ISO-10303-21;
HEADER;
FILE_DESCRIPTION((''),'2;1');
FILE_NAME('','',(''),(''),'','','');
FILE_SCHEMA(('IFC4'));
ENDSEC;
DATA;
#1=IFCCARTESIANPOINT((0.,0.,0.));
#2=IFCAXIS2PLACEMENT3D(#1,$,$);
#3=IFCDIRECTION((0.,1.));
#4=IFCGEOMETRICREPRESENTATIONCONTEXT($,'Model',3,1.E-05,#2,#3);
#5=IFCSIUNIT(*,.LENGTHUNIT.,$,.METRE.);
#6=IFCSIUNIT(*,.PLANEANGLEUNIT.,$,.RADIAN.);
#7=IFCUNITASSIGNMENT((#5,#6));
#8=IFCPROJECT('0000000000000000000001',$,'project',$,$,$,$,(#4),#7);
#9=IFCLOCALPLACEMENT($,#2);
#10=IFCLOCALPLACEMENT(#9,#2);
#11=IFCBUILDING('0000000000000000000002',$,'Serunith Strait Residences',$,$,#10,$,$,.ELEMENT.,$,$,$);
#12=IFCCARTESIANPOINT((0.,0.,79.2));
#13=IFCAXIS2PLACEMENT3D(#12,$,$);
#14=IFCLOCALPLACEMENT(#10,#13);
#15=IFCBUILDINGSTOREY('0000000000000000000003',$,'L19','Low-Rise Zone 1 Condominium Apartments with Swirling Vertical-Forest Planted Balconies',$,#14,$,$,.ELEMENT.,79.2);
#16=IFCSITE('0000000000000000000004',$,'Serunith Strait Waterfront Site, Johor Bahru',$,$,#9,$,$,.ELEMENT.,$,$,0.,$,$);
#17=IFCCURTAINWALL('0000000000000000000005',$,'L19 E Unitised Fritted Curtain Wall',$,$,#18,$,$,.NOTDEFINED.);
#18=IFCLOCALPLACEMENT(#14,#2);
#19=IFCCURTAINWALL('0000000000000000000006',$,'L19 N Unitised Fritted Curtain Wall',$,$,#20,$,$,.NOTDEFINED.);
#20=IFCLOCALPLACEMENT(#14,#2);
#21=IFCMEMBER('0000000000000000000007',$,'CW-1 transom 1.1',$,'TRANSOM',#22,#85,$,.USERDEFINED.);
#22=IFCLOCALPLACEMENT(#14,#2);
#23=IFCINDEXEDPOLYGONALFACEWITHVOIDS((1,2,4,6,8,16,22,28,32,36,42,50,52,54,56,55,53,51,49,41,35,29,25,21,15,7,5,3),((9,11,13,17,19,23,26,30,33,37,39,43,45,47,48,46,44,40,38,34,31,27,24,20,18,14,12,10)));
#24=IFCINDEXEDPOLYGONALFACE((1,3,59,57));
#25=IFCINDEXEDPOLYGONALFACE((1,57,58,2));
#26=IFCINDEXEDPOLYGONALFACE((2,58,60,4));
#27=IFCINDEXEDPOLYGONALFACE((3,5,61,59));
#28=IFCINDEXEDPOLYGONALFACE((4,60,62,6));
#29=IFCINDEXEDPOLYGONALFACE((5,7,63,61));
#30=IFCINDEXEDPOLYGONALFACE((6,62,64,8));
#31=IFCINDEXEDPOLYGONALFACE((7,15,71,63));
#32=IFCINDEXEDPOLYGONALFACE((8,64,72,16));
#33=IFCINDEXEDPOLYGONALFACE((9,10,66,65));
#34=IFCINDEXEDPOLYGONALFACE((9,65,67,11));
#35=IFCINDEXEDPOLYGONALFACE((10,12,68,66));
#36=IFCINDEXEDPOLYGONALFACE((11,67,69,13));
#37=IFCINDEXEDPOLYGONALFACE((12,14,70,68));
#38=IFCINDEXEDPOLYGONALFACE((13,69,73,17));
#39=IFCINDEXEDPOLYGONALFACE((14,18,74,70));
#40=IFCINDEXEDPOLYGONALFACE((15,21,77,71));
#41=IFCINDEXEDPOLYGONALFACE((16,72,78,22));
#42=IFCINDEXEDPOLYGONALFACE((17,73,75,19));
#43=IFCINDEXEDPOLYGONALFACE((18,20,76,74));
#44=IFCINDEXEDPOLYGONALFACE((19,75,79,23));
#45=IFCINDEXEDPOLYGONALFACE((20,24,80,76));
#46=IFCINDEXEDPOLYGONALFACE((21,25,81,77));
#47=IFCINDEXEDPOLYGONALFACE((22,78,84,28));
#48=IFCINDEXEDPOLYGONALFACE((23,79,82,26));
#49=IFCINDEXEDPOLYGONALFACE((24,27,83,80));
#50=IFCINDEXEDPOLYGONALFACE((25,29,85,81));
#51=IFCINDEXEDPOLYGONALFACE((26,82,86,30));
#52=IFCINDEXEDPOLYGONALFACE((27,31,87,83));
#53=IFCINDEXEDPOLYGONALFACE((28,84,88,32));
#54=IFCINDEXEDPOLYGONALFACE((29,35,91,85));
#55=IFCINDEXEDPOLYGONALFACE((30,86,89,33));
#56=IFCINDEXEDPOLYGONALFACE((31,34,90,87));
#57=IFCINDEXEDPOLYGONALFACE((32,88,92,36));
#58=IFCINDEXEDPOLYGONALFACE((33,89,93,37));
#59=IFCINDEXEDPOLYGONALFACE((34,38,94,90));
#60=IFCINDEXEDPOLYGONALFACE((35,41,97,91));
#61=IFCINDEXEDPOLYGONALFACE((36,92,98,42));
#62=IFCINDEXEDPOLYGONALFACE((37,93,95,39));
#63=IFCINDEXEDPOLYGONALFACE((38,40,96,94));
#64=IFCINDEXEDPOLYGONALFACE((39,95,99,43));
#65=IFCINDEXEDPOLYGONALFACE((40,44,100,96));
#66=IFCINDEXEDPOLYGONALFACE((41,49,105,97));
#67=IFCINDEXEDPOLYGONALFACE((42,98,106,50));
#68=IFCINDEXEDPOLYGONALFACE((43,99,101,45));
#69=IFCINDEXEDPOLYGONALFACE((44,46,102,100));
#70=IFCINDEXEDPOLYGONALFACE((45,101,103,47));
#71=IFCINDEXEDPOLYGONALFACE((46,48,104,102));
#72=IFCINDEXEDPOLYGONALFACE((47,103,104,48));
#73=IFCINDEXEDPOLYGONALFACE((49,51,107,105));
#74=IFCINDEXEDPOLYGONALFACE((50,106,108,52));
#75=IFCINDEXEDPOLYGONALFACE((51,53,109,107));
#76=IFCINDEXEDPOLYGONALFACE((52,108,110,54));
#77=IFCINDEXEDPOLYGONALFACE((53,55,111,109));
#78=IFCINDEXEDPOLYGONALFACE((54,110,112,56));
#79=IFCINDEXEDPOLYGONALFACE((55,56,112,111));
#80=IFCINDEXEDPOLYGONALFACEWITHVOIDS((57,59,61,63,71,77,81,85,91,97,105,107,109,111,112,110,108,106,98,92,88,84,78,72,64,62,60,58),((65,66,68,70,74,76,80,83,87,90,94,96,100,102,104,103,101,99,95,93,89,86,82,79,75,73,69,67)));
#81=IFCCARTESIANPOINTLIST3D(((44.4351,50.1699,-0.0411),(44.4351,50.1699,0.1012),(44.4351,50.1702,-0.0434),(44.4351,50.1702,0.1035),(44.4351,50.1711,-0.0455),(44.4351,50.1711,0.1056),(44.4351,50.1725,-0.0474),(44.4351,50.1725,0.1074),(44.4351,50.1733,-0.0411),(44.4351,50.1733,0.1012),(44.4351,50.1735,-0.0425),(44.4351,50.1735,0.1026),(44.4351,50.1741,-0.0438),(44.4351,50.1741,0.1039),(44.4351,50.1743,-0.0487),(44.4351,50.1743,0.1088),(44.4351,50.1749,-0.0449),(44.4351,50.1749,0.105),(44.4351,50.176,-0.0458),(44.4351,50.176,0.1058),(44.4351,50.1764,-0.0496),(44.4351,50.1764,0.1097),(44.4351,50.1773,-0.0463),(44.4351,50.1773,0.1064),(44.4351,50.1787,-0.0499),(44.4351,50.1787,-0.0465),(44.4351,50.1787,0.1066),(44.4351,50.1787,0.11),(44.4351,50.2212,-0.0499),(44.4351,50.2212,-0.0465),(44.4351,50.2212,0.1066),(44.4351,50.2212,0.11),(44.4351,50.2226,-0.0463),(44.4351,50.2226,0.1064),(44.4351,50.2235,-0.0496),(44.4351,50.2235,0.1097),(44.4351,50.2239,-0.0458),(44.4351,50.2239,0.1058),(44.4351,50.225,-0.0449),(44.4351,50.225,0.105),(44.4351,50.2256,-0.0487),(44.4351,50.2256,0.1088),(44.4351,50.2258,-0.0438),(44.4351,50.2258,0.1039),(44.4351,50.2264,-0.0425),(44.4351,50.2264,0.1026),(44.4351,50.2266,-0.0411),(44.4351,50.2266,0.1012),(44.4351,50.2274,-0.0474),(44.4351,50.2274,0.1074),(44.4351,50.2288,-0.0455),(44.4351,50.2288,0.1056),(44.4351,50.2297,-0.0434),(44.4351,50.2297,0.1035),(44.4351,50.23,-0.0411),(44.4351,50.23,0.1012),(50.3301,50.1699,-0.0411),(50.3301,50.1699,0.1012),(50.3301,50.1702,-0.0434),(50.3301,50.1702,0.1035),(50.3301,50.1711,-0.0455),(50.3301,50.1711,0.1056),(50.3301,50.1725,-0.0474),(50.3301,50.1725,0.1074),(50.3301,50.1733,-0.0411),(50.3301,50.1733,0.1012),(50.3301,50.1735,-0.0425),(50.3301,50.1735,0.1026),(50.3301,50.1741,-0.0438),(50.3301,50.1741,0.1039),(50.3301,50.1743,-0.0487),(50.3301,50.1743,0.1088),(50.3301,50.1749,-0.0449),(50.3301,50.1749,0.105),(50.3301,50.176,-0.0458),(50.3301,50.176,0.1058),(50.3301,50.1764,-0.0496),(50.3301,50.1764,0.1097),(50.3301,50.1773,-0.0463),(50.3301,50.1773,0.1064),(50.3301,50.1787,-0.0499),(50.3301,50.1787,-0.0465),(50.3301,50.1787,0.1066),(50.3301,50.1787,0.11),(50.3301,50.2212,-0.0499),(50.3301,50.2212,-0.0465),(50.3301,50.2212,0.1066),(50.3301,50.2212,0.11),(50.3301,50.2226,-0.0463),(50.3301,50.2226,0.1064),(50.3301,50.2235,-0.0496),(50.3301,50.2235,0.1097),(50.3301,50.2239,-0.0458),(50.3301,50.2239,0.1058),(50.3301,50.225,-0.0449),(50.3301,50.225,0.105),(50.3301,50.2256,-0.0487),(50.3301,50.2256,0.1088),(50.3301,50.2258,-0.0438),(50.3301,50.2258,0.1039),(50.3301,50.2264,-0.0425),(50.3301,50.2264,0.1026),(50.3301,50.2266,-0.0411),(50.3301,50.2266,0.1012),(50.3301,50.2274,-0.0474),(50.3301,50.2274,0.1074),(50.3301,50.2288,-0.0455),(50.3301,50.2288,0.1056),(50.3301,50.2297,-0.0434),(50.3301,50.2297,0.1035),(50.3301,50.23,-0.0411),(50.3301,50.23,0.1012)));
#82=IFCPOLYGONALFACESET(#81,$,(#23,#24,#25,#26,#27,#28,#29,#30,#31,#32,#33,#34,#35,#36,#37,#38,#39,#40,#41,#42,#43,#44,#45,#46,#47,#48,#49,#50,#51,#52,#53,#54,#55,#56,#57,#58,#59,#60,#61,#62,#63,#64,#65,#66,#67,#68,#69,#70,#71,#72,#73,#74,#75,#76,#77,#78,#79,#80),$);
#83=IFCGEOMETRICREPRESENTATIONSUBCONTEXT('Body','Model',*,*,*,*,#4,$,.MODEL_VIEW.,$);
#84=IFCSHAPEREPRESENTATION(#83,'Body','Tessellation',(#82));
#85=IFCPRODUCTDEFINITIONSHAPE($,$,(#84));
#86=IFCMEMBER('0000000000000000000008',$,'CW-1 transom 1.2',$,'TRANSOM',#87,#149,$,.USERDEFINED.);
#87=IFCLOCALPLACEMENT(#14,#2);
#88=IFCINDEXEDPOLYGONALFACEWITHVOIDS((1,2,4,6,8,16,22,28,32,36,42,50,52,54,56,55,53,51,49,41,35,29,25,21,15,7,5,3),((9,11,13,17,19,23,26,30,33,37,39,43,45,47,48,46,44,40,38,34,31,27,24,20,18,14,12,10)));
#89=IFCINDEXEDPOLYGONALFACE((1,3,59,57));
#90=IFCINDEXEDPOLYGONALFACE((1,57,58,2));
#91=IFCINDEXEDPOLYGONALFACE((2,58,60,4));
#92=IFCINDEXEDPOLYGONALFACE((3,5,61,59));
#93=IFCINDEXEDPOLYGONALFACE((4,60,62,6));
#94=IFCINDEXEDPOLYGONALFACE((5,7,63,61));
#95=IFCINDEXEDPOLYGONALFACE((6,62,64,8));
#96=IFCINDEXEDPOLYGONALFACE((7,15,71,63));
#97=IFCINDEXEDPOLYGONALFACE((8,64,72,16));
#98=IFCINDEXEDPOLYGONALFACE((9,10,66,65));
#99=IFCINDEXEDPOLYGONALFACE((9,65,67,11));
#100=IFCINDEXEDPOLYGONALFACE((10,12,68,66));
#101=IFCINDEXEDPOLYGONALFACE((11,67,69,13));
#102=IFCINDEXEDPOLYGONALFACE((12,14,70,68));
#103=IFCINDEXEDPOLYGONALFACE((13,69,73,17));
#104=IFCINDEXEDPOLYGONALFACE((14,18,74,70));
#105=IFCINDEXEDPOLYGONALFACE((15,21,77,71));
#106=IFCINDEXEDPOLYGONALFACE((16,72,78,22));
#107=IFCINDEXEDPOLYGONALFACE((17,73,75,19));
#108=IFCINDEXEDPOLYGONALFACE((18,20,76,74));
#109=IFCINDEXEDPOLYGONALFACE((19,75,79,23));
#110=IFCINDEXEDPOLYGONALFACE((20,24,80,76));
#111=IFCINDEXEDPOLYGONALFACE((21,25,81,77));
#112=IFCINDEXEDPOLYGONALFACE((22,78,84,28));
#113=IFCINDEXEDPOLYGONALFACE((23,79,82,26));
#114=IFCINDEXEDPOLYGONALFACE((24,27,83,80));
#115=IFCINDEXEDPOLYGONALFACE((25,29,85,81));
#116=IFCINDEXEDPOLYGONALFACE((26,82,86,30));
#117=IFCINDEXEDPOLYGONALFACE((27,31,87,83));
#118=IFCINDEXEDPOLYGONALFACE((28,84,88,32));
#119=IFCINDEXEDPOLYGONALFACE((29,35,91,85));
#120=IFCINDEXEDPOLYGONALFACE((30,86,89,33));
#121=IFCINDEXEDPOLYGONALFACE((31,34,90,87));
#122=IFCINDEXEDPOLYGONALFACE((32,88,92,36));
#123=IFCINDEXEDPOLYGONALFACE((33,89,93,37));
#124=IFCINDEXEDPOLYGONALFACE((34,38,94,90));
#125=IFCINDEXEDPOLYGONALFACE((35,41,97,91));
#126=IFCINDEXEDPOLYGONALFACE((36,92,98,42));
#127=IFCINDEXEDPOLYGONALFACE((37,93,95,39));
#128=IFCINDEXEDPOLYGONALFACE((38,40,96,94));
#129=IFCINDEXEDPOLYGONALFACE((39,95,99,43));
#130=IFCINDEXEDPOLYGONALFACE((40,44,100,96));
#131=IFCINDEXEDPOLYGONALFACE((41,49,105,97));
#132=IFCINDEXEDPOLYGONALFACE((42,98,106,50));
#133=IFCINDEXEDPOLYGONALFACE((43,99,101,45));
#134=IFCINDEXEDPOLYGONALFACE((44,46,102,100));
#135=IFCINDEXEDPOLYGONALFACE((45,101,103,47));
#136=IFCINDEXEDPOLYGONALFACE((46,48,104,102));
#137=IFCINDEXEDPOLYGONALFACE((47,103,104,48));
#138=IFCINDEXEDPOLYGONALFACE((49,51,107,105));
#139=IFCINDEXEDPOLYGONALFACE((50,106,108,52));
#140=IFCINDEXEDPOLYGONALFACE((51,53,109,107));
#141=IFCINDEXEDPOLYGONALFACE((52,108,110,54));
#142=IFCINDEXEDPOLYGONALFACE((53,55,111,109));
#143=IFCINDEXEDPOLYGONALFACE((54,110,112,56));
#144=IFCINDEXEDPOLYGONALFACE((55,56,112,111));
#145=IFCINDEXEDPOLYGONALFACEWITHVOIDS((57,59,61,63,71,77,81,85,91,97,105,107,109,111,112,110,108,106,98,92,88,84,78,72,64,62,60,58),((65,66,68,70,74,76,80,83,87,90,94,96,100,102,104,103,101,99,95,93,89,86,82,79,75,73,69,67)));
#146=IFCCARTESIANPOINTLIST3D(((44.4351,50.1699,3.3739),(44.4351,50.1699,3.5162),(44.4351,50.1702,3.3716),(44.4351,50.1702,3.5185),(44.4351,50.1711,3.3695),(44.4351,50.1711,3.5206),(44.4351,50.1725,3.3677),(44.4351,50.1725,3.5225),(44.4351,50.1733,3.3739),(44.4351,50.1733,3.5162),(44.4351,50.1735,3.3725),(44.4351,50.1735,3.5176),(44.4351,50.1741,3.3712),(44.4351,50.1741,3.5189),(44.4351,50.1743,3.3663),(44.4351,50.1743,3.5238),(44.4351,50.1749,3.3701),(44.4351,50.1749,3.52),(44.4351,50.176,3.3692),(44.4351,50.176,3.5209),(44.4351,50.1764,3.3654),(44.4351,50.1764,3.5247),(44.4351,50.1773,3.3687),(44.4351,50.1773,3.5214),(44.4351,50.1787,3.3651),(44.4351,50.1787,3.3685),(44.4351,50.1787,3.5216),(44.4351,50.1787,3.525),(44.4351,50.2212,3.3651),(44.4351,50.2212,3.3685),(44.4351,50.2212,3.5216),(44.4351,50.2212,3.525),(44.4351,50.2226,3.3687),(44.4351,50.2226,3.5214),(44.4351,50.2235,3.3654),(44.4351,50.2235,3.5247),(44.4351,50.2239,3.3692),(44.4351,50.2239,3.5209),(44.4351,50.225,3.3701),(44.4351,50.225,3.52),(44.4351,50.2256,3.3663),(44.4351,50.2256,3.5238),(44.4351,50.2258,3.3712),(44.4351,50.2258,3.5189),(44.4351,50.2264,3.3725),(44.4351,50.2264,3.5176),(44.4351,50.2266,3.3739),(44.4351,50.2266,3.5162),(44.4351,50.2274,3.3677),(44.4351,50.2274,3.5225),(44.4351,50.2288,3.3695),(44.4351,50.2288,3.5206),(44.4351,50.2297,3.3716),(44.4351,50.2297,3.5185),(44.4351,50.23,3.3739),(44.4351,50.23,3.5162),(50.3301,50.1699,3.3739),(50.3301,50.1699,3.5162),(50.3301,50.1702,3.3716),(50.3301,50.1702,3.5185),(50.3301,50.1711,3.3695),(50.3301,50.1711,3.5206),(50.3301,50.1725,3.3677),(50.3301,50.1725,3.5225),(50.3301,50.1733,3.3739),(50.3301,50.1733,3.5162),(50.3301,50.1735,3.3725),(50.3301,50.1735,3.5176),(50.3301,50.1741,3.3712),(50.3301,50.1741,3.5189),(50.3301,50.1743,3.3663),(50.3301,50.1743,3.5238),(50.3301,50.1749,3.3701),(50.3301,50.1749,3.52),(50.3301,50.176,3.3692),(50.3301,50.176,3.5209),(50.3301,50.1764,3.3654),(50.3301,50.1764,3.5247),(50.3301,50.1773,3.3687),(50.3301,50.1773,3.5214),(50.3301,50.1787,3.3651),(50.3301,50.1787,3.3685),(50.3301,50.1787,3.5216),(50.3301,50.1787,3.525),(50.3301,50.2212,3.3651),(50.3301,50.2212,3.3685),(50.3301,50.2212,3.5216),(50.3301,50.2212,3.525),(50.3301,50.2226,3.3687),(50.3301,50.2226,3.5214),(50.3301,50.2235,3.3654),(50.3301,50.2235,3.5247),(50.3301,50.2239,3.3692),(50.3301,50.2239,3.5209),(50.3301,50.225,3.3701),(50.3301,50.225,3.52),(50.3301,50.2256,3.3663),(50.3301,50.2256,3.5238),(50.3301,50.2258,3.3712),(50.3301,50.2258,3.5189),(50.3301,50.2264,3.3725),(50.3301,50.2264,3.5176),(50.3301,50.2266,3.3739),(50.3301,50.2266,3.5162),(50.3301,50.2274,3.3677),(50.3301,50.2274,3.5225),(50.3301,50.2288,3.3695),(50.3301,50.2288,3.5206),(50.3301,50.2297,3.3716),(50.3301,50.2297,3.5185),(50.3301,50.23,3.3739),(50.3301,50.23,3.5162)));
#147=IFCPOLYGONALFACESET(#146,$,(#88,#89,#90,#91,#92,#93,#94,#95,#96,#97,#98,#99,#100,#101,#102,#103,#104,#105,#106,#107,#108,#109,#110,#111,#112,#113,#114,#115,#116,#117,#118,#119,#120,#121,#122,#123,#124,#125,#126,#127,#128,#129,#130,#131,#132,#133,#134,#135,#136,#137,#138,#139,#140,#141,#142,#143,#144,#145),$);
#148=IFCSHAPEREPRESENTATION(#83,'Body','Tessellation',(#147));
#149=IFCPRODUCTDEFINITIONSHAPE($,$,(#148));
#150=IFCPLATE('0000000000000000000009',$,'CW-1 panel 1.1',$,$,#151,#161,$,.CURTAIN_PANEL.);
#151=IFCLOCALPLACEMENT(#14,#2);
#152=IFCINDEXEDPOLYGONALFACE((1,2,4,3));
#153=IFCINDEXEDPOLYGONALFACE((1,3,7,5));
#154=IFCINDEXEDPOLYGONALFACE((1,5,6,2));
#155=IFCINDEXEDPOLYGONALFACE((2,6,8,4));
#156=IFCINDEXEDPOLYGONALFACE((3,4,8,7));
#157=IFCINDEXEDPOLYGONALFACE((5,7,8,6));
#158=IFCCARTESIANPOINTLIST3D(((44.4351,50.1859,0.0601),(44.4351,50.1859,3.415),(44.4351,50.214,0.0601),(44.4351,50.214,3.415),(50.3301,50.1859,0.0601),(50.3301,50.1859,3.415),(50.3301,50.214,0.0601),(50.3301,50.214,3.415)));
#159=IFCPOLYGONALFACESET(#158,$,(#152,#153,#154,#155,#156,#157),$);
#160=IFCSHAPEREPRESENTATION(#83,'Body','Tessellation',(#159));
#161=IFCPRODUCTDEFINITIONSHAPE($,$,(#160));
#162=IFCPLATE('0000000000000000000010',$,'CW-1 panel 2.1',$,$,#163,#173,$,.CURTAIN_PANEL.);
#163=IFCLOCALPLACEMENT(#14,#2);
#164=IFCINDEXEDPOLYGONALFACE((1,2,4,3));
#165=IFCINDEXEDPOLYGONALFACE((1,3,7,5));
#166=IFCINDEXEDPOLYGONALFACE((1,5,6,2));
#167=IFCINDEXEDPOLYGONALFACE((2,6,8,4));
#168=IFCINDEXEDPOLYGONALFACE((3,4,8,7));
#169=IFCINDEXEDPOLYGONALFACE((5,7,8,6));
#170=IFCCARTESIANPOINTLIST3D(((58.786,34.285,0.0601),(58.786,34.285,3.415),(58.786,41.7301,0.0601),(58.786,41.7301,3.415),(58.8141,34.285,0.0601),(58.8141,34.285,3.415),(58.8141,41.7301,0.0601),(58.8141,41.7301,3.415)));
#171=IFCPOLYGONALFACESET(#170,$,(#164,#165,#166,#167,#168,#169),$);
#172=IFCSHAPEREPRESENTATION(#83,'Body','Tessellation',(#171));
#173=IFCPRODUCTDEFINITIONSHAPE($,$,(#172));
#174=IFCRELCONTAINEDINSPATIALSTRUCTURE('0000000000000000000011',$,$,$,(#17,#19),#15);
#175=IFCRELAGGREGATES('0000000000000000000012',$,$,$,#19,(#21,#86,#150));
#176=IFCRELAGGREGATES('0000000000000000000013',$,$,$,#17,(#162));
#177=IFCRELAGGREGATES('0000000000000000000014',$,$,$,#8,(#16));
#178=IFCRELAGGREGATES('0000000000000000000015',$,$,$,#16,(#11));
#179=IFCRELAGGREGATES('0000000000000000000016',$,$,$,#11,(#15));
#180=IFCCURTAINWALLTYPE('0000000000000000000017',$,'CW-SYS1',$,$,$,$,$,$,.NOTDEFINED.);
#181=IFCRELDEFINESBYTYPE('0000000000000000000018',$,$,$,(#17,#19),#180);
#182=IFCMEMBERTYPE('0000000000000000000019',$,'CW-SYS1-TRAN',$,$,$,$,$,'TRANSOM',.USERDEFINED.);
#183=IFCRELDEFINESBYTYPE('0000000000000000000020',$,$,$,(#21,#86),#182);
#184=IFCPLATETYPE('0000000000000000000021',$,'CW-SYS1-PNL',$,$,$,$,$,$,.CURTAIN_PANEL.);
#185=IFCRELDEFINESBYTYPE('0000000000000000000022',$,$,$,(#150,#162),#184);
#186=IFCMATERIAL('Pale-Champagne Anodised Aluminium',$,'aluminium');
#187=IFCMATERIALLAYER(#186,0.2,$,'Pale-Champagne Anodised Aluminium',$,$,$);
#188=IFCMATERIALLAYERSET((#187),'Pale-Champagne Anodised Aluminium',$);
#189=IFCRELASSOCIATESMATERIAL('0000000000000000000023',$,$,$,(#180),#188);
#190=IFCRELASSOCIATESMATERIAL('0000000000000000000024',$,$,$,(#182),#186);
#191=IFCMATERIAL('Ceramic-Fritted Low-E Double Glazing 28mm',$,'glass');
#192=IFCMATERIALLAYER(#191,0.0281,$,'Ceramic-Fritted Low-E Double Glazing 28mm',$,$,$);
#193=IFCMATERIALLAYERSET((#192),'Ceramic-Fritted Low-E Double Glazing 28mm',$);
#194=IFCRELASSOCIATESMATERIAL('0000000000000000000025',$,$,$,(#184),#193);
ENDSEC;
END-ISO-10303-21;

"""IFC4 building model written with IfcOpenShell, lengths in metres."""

from ifc_helpers import new_model, si_unit, direction, frame, origin, origin_2d, place, context, subcontext, project, spatial, rectangle, hollow_rectangle, extrude, source, transform, mapped, material, layer, layer_set, material_profile, profile_set, type_object, element, aggregate, save


model = new_model("IFC4")

# Units and contexts
model_context = context("Model", 3, precision=1e-05, world=origin(), true_north=direction((0.0, 1.0)))
body_context = subcontext(model_context, "Body", "Model", "MODEL_VIEW")
ifc_project = project(units=[si_unit("LENGTHUNIT", "METRE"), si_unit("PLANEANGLEUNIT", "RADIAN")], contexts=[model_context])

# Site, building, storey
site_placement = place(None, origin())
site = spatial("IfcSite", under=ifc_project, at=site_placement, Name="Serunith Strait Waterfront Site, Johor Bahru", CompositionType="ELEMENT", RefElevation=0.0)
building_placement = place(site_placement, origin())
building = spatial("IfcBuilding", under=site, at=building_placement, Name="Serunith Strait Residences", CompositionType="ELEMENT")
storey_placement = place(building_placement, frame((0.0, 0.0, 79.2)))
storey = spatial("IfcBuildingStorey", under=building, at=storey_placement, Name="L19", Description="Low-Rise Zone 1 Condominium Apartments with Swirling Vertical-Forest Planted Balconies", CompositionType="ELEMENT", Elevation=79.2)

# Curtain wall
ifc_material_1 = material(Name="Pale-Champagne Anodised Aluminium", Category="aluminium")
ifc_layer_1 = layer(ifc_material_1, 0.2, Name="Pale-Champagne Anodised Aluminium")
ifc_layer_set_1 = layer_set([ifc_layer_1], Name="Pale-Champagne Anodised Aluminium")
curtain_wall_type = type_object("IfcCurtainWallType", Name="CW-SYS1", PredefinedType="NOTDEFINED", material=ifc_layer_set_1)
curtain_wall_1_placement = place(storey_placement, origin())
curtain_wall_1 = element("IfcCurtainWall", 1, at=curtain_wall_1_placement, inside=storey, type_object=curtain_wall_type, Name="L19 E Unitised Fritted Curtain Wall", PredefinedType="NOTDEFINED")

# Curtain wall, members, plate
curtain_wall_2_placement = place(storey_placement, origin())
curtain_wall_2 = element("IfcCurtainWall", 2, at=curtain_wall_2_placement, inside=storey, type_object=curtain_wall_type, Name="L19 N Unitised Fritted Curtain Wall", PredefinedType="NOTDEFINED")
ifc_material_profile_1 = material_profile(ifc_material_1, hollow_rectangle(XDim=0.0601, YDim=0.1599, WallThickness=0.0034, InnerFilletRadius=0.0054, OuterFilletRadius=0.0088, at=origin_2d()), Name="ALU 160x60x3.5")
ifc_profile_set_1 = profile_set([ifc_material_profile_1], Name="Pale-Champagne Anodised Aluminium")
member_type_1 = type_object("IfcMemberType", Name="CW-SYS1-TRAN", ElementType="TRANSOM", PredefinedType="USERDEFINED", material=ifc_profile_set_1)
shared_shape_1 = source(origin(), body_context, "Body", "SweptSolid", [
    extrude(hollow_rectangle(XDim=0.0601, YDim=0.1599, WallThickness=0.0034, InnerFilletRadius=0.0054, OuterFilletRadius=0.0088, at=origin_2d()), origin(), (0.0, 0.0, 1.0), 5.895),
])
member_1_placement = place(storey_placement, frame((50.3301, 50.2, 0.03), z_axis=(-1.0, 0.0, 0.0), x_axis=(0.0, -1.0, 0.0)))
member_1 = element("IfcMember", 3, at=member_1_placement, type_object=member_type_1, Name="CW-1 transom 1.1", ObjectType="TRANSOM", PredefinedType="USERDEFINED", context=body_context, shape_type="MappedRepresentation", body=[
    mapped(shared_shape_1, transform((0.0, 0.0, 0.0), scale=1.0)),
])
member_2_placement = place(storey_placement, frame((50.3301, 50.2, 3.4451), z_axis=(-1.0, 0.0, 0.0), x_axis=(0.0, -1.0, 0.0)))
member_2 = element("IfcMember", 4, at=member_2_placement, type_object=member_type_1, Name="CW-1 transom 1.2", ObjectType="TRANSOM", PredefinedType="USERDEFINED", context=body_context, shape_type="MappedRepresentation", body=[
    mapped(shared_shape_1, transform((0.0, 0.0, 0.0), scale=1.0)),
])
ifc_material_2 = material(Name="Ceramic-Fritted Low-E Double Glazing 28mm", Category="glass")
ifc_layer_2 = layer(ifc_material_2, 0.0281, Name="Ceramic-Fritted Low-E Double Glazing 28mm")
ifc_layer_set_2 = layer_set([ifc_layer_2], Name="Ceramic-Fritted Low-E Double Glazing 28mm")
plate_type = type_object("IfcPlateType", Name="CW-SYS1-PNL", PredefinedType="CURTAIN_PANEL", material=ifc_layer_set_2)
shared_shape_2 = source(origin(), body_context, "Body", "SweptSolid", [
    extrude(rectangle(XDim=5.895, YDim=0.0281, at=origin_2d()), origin(), (0.0, 0.0, 1.0), 3.355),
])
plate_1_placement = place(storey_placement, frame((47.3826, 50.2, 0.0601), z_axis=(0.0, 0.0, 1.0), x_axis=(-1.0, 0.0, 0.0)))
plate_1 = element("IfcPlate", 5, at=plate_1_placement, type_object=plate_type, Name="CW-1 panel 1.1", PredefinedType="CURTAIN_PANEL", context=body_context, shape_type="MappedRepresentation", body=[
    mapped(shared_shape_2, transform((0.0, 0.0, 0.0), scale=1.0)),
])
aggregate(curtain_wall_2, [member_1, member_2, plate_1])

# Plate
shared_shape_3 = source(origin(), body_context, "Body", "SweptSolid", [
    extrude(rectangle(XDim=7.4451, YDim=0.0281, at=origin_2d()), origin(), (0.0, 0.0, 1.0), 3.355),
])
plate_2_placement = place(storey_placement, frame((58.8, 38.0076, 0.0601), z_axis=(0.0, 0.0, 1.0), x_axis=(0.0, 1.0, 0.0)))
plate_2 = element("IfcPlate", 6, at=plate_2_placement, type_object=plate_type, Name="CW-1 panel 2.1", PredefinedType="CURTAIN_PANEL", context=body_context, shape_type="MappedRepresentation", body=[
    mapped(shared_shape_3, transform((0.0, 0.0, 0.0), scale=1.0)),
])
aggregate(curtain_wall_1, [plate_2])

save(model, "model.ifc")
